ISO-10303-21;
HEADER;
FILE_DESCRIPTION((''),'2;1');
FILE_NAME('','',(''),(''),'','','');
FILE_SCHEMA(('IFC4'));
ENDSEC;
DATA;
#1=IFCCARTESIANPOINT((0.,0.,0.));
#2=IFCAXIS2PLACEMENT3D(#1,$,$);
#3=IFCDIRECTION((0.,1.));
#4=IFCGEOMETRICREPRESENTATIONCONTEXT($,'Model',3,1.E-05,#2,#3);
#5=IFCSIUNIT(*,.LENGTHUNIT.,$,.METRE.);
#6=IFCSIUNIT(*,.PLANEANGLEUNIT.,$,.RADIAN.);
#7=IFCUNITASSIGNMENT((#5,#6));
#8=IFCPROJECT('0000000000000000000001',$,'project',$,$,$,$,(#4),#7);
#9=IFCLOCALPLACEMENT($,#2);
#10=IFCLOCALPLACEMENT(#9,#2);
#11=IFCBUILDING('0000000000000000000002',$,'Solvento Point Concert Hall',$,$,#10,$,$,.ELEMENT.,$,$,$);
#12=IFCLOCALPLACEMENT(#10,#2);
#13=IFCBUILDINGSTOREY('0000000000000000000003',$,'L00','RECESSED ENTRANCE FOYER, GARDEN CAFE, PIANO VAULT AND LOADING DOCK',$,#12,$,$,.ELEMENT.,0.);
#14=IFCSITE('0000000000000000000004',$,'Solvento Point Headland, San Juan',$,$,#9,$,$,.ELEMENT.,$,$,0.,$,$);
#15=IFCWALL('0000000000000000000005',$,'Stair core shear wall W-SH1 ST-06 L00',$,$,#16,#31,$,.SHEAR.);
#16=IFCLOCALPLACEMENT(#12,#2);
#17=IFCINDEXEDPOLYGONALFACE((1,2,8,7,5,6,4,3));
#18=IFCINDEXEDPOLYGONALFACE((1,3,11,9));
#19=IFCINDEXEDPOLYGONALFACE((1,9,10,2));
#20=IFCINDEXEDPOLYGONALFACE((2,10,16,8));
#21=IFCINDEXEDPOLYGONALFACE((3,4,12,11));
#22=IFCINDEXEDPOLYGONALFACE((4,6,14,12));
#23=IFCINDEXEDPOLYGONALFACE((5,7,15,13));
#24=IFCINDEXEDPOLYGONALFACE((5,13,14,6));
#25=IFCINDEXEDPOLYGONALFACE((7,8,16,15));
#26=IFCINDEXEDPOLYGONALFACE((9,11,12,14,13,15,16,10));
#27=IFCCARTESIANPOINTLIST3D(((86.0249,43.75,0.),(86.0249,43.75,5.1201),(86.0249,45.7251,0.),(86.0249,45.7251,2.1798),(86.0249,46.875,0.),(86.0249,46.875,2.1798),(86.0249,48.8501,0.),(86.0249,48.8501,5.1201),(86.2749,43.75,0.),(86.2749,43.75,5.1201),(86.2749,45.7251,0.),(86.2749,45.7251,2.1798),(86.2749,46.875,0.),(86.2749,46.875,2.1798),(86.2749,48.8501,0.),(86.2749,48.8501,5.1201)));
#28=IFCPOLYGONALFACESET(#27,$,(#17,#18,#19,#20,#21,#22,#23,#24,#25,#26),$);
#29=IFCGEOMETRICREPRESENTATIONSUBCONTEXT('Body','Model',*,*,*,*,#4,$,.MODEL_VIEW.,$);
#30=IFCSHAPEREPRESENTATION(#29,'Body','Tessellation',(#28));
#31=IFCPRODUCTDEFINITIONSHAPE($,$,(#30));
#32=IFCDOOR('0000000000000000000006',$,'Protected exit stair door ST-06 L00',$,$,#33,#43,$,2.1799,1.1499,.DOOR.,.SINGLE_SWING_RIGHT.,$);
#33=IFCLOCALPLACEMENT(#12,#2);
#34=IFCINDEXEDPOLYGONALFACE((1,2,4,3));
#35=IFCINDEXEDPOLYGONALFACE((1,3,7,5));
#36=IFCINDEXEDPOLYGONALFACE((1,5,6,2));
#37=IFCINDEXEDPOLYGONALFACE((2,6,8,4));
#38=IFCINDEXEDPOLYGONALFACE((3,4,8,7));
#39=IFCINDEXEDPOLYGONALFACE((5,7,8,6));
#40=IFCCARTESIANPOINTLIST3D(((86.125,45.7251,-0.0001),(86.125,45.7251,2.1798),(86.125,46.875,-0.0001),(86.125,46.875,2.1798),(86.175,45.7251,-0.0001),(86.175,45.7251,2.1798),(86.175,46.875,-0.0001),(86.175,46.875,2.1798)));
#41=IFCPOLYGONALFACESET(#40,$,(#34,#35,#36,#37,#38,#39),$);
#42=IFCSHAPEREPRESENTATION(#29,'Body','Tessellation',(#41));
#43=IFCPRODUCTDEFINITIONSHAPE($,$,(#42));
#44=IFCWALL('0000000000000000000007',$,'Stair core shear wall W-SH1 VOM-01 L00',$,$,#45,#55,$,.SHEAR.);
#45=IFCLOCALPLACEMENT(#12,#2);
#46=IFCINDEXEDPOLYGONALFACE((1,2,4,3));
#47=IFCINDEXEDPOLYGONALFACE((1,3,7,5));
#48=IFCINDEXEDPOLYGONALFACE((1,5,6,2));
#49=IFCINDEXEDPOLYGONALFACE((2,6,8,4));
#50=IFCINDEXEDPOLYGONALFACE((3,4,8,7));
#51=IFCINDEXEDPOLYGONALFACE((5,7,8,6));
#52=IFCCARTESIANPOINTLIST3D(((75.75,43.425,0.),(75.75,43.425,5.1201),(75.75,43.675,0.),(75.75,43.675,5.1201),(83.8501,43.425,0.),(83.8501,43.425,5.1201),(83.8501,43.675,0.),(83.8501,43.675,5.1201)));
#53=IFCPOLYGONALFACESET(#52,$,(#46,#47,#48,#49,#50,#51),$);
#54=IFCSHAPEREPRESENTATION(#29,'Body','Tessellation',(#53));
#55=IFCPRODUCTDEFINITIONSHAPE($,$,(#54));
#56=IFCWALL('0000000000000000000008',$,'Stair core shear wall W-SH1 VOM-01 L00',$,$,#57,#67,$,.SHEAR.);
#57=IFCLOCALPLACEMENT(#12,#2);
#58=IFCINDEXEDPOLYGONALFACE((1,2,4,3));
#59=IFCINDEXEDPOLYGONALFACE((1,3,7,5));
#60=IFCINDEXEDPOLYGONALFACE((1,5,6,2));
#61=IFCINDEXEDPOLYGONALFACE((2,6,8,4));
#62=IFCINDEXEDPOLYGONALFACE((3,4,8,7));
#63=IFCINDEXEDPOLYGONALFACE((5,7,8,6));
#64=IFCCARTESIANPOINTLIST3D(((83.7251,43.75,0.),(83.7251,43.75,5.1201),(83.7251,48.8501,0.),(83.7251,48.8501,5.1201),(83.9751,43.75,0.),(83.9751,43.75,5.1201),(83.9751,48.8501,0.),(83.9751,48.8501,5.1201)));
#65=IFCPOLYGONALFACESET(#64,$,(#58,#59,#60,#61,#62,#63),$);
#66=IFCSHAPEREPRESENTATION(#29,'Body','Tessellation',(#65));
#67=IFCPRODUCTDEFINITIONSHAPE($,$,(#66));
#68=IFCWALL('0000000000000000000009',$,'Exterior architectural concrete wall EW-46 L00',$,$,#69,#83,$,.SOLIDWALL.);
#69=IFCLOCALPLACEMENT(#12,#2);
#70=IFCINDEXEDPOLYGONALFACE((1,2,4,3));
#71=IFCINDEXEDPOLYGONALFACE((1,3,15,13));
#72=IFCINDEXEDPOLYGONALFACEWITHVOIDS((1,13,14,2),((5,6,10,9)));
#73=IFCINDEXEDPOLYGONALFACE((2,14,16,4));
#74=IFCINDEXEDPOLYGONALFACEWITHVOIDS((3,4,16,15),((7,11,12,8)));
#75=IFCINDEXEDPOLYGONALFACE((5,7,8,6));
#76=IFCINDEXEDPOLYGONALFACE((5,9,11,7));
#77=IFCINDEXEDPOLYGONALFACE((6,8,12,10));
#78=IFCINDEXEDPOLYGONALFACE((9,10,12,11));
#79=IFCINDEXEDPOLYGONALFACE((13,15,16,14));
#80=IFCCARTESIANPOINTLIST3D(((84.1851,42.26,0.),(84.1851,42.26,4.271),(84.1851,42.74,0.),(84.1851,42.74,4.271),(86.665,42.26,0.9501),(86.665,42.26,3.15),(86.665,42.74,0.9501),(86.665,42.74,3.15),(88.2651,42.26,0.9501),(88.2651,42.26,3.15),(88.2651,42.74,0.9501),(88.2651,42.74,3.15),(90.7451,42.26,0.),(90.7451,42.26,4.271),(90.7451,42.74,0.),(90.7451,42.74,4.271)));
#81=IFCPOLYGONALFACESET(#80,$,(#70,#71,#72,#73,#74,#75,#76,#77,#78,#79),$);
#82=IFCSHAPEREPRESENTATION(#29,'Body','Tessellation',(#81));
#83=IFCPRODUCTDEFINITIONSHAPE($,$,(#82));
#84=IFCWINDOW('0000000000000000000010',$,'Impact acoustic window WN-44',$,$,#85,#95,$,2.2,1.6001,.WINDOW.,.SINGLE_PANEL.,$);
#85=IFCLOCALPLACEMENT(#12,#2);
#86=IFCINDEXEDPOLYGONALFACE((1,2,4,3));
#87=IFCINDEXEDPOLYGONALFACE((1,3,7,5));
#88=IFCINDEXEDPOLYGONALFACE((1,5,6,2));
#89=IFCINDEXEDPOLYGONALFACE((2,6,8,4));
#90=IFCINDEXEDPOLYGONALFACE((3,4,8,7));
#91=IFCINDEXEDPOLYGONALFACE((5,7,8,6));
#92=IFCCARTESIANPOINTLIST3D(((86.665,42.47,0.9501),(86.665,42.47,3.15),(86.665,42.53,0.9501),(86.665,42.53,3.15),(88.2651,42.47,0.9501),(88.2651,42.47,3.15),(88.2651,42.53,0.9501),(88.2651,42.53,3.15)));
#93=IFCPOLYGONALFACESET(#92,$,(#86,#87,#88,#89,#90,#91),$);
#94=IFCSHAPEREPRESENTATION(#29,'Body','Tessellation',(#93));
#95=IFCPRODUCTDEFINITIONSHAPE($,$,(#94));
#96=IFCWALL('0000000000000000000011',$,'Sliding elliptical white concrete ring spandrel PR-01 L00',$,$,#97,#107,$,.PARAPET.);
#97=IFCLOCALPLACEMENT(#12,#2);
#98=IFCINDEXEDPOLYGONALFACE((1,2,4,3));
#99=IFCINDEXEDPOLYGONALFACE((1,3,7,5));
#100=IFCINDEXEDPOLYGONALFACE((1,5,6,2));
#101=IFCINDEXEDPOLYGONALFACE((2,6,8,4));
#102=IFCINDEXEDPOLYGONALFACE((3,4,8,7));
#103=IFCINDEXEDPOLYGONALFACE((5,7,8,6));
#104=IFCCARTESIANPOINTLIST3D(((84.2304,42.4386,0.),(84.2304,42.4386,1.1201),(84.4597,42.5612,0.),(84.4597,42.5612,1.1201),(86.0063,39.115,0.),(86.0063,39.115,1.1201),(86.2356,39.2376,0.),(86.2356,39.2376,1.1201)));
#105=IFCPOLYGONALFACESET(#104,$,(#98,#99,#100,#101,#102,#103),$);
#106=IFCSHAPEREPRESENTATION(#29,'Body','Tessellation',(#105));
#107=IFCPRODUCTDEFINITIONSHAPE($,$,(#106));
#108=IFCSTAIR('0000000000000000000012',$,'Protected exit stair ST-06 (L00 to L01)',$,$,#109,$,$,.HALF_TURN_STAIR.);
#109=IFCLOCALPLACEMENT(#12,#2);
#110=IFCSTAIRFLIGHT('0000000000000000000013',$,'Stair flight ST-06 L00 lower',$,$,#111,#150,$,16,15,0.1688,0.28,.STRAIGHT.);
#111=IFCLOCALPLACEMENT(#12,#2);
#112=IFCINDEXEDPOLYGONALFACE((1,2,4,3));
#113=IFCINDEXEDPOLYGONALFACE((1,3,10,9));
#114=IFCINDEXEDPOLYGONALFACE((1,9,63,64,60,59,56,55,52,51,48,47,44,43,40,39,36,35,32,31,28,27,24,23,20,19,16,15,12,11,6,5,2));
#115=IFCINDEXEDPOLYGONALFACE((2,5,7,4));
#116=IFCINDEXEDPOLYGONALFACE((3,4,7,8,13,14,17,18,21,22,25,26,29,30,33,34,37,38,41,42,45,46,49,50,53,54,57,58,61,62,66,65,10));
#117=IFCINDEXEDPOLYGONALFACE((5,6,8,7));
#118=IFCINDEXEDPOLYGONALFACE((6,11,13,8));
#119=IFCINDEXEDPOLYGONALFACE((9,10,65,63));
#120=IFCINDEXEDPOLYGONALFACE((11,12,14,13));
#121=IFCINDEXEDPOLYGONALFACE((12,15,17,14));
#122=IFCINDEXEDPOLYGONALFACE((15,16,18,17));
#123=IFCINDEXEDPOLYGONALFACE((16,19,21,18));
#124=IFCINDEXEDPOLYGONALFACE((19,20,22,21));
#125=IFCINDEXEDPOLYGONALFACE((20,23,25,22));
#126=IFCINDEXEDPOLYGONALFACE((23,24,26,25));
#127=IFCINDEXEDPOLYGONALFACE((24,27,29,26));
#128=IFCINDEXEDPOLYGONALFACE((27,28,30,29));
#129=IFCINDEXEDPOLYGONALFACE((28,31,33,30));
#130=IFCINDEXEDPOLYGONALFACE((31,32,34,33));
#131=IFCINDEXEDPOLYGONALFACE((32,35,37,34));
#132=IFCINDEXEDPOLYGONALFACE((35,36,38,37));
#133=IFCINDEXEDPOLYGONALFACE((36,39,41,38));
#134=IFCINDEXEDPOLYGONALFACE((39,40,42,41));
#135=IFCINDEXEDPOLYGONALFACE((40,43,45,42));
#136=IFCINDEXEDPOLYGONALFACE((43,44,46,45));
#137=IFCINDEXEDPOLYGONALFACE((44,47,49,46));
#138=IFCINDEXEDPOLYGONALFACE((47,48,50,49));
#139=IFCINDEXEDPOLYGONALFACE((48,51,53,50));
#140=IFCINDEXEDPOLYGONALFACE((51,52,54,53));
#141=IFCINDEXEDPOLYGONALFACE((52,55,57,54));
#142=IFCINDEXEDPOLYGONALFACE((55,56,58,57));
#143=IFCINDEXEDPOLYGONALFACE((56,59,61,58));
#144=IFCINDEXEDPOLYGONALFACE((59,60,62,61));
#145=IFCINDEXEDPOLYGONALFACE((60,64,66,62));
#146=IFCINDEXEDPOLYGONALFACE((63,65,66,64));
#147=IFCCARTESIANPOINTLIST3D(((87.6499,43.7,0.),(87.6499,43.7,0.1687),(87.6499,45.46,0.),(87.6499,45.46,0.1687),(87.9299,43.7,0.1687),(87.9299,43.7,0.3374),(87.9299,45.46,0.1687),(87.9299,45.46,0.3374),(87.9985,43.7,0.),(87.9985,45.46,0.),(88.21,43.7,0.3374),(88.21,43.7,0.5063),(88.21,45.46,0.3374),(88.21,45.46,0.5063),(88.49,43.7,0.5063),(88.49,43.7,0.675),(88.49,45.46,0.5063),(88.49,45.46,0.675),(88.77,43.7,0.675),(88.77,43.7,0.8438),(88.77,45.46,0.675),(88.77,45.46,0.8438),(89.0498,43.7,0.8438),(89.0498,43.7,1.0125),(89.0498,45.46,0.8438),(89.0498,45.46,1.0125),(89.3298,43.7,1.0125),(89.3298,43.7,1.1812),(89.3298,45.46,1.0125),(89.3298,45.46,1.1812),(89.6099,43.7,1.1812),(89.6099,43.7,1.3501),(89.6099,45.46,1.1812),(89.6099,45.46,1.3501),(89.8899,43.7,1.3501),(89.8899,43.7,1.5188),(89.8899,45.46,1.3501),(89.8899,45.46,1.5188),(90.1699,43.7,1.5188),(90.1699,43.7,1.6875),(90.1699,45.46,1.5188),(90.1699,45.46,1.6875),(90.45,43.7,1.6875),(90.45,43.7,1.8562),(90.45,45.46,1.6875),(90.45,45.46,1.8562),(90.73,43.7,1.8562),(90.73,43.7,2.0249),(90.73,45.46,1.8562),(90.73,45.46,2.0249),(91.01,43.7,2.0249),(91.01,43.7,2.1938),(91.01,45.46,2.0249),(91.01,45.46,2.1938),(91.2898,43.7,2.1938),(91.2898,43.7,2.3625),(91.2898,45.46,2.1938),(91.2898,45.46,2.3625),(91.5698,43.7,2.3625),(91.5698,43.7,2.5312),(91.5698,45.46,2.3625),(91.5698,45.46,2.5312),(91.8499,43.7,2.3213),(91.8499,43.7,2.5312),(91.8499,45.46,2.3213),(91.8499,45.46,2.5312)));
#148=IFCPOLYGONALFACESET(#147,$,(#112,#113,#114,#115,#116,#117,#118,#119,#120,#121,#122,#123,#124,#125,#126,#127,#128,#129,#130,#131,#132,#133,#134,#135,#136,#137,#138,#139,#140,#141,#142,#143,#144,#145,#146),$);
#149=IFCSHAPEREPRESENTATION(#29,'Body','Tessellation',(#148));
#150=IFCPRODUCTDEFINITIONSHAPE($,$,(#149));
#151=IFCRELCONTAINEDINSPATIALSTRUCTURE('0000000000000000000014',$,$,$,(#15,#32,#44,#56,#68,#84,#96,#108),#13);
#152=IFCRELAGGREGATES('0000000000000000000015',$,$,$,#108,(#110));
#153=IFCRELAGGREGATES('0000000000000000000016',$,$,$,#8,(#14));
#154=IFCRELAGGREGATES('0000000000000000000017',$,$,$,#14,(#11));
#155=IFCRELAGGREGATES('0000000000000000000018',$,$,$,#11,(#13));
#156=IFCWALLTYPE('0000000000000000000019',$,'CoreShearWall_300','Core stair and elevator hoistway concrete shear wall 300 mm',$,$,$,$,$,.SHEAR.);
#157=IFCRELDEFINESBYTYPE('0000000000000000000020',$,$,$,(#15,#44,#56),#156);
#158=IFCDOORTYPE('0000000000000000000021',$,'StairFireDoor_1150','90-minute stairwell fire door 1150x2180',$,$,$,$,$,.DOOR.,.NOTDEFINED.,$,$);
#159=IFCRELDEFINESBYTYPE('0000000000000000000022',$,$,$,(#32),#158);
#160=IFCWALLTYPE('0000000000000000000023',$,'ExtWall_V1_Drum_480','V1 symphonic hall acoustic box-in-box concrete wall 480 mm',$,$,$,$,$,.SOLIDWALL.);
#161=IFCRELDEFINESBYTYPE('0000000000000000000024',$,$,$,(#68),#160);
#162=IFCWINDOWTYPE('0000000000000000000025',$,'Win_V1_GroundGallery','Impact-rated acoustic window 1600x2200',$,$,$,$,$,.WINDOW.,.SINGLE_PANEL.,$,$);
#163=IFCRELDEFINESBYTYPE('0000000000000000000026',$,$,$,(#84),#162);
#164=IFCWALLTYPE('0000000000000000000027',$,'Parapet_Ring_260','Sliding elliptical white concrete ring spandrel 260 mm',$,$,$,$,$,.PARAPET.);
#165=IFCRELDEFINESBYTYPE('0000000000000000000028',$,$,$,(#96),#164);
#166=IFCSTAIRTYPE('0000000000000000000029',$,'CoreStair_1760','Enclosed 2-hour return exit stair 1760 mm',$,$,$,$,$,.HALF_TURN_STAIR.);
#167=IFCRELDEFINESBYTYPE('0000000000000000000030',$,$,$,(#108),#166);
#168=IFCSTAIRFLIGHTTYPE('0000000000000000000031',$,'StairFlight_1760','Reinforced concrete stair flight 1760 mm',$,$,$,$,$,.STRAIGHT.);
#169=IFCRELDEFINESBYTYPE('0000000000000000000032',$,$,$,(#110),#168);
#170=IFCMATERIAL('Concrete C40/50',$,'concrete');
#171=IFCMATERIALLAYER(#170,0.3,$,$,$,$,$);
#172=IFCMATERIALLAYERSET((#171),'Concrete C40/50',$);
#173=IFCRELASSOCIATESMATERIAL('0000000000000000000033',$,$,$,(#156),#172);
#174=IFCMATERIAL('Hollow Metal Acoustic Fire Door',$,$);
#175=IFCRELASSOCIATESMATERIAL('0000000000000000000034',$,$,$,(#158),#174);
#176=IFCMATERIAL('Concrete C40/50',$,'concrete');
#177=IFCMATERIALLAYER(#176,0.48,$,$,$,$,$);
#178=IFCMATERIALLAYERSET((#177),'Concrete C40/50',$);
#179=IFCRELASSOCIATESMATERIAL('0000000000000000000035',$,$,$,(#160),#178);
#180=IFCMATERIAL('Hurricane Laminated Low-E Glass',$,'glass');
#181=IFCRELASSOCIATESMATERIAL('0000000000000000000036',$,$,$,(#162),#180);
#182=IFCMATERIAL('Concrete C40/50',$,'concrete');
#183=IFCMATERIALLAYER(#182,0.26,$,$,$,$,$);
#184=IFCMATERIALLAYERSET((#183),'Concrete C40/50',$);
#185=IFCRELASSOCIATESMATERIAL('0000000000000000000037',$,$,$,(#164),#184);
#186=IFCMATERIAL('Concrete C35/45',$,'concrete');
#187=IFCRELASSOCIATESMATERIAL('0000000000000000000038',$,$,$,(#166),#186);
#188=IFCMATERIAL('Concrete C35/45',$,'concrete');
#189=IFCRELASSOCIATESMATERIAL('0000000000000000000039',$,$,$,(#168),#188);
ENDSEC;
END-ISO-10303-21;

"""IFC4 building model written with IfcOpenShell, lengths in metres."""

from ifc_helpers import new_model, si_unit, direction, frame, frame_2d, origin, place, context, subcontext, project, spatial, polyline, rectangle, outline, extrude, material, layer, layer_set, type_object, element, fill, aggregate, save


model = new_model("IFC4")

# Units and contexts
model_context = context("Model", 3, precision=1e-05, world=origin(), true_north=direction((0.0, 1.0)))
body_context = subcontext(model_context, "Body", "Model", "MODEL_VIEW")
ifc_project = project(units=[si_unit("LENGTHUNIT", "METRE"), si_unit("PLANEANGLEUNIT", "RADIAN")], contexts=[model_context])

# Site, building, storey
site_placement = place(None, origin())
site = spatial("IfcSite", under=ifc_project, at=site_placement, Name="Solvento Point Headland, San Juan", CompositionType="ELEMENT", RefElevation=0.0)
building_placement = place(site_placement, origin())
building = spatial("IfcBuilding", under=site, at=building_placement, Name="Solvento Point Concert Hall", CompositionType="ELEMENT")
storey_placement = place(building_placement, origin())
storey = spatial("IfcBuildingStorey", under=building, at=storey_placement, Name="L00", Description="RECESSED ENTRANCE FOYER, GARDEN CAFE, PIANO VAULT AND LOADING DOCK", CompositionType="ELEMENT", Elevation=0.0)

# Shared definitions
ifc_material_1 = material(Name="Concrete C40/50", Category="concrete")
ifc_layer_1 = layer(ifc_material_1, 0.3)
ifc_layer_set_1 = layer_set([ifc_layer_1], Name="Concrete C40/50")
wall_type_1 = type_object("IfcWallType", Name="CoreShearWall_300", Description="Core stair and elevator hoistway concrete shear wall 300 mm", PredefinedType="SHEAR", material=ifc_layer_set_1)

# Wall, opening, door
wall_1_placement = place(storey_placement, frame((86.1499, 43.75, 0.0), z_axis=(0.0, 0.0, 1.0), x_axis=(0.0, 1.0, 0.0)))
wall_1 = element("IfcWall", 1, at=wall_1_placement, inside=storey, type_object=wall_type_1, Name="Stair core shear wall W-SH1 ST-06 L00", PredefinedType="SHEAR", context=body_context, shape_type="SweptSolid", body=[
    extrude(rectangle(XDim=5.1001, YDim=0.25, at=frame_2d((2.55, 0.0))), origin(), (0.0, 0.0, 1.0), 5.1201),
])
opening_1_placement = place(wall_1_placement, frame((1.9751, 0.0, 0.0)))
opening_1 = element("IfcOpeningElement", 2, at=opening_1_placement, cuts=wall_1, PredefinedType="OPENING", context=body_context, shape_type="SweptSolid", body=[
    extrude(rectangle(XDim=1.1499, YDim=2.1799, at=frame_2d((0.575, 1.0898))), frame((0.0, 0.135, 0.0), z_axis=(0.0, -1.0, 0.0), x_axis=(1.0, 0.0, 0.0)), (0.0, 0.0, 1.0), 0.27),
])
ifc_material_2 = material(Name="Hollow Metal Acoustic Fire Door")
door_type = type_object("IfcDoorType", Name="StairFireDoor_1150", Description="90-minute stairwell fire door 1150x2180", OperationType="NOTDEFINED", PredefinedType="DOOR", material=ifc_material_2)
door_placement = place(opening_1_placement, origin())
door = element("IfcDoor", 3, at=door_placement, inside=storey, type_object=door_type, Name="Protected exit stair door ST-06 L00", OperationType="SINGLE_SWING_RIGHT", OverallHeight=2.1799, OverallWidth=1.1499, PredefinedType="DOOR", context=body_context, shape_type="SweptSolid", body=[
    extrude(rectangle(XDim=1.1499, YDim=2.1799, at=frame_2d((0.575, 1.0898))), frame((0.0, 0.0249, 0.0), z_axis=(0.0, -1.0, 0.0), x_axis=(1.0, 0.0, 0.0)), (0.0, 0.0, 1.0), 0.05),
])
fill(opening_1, door)

# Walls
wall_2_placement = place(storey_placement, frame((83.8501, 43.55, 0.0), z_axis=(0.0, 0.0, 1.0), x_axis=(-1.0, 0.0, 0.0)))
element("IfcWall", 4, at=wall_2_placement, inside=storey, type_object=wall_type_1, Name="Stair core shear wall W-SH1 VOM-01 L00", PredefinedType="SHEAR", context=body_context, shape_type="SweptSolid", body=[
    extrude(rectangle(XDim=8.1001, YDim=0.25, at=frame_2d((4.05, 0.0))), origin(), (0.0, 0.0, 1.0), 5.1201),
])
wall_3_placement = place(storey_placement, frame((83.8501, 48.8501, 0.0), z_axis=(0.0, 0.0, 1.0), x_axis=(0.0, -1.0, 0.0)))
element("IfcWall", 5, at=wall_3_placement, inside=storey, type_object=wall_type_1, Name="Stair core shear wall W-SH1 VOM-01 L00", PredefinedType="SHEAR", context=body_context, shape_type="SweptSolid", body=[
    extrude(rectangle(XDim=5.1001, YDim=0.25, at=frame_2d((2.55, 0.0))), origin(), (0.0, 0.0, 1.0), 5.1201),
])

# Wall, opening, window
ifc_material_3 = material(Name="Concrete C40/50", Category="concrete")
ifc_layer_2 = layer(ifc_material_3, 0.48)
ifc_layer_set_2 = layer_set([ifc_layer_2], Name="Concrete C40/50")
wall_type_2 = type_object("IfcWallType", Name="ExtWall_V1_Drum_480", Description="V1 symphonic hall acoustic box-in-box concrete wall 480 mm", PredefinedType="SOLIDWALL", material=ifc_layer_set_2)
wall_4_placement = place(storey_placement, frame((90.7451, 42.5, 0.0), z_axis=(0.0, 0.0, 1.0), x_axis=(-1.0, 0.0, 0.0)))
wall_4 = element("IfcWall", 6, at=wall_4_placement, inside=storey, type_object=wall_type_2, Name="Exterior architectural concrete wall EW-46 L00", PredefinedType="SOLIDWALL", context=body_context, shape_type="SweptSolid", body=[
    extrude(rectangle(XDim=6.5601, YDim=0.48, at=frame_2d((3.28, 0.0))), origin(), (0.0, 0.0, 1.0), 4.271),
])
opening_2_placement = place(wall_4_placement, frame((2.48, 0.0, 0.95)))
opening_2 = element("IfcOpeningElement", 7, at=opening_2_placement, cuts=wall_4, PredefinedType="OPENING", context=body_context, shape_type="SweptSolid", body=[
    extrude(rectangle(XDim=1.6001, YDim=2.2, at=frame_2d((0.8, 1.1001))), frame((0.0, 0.25, 0.0), z_axis=(0.0, -1.0, 0.0), x_axis=(1.0, 0.0, 0.0)), (0.0, 0.0, 1.0), 0.5),
])
ifc_material_4 = material(Name="Hurricane Laminated Low-E Glass", Category="glass")
window_type = type_object("IfcWindowType", Name="Win_V1_GroundGallery", Description="Impact-rated acoustic window 1600x2200", PartitioningType="SINGLE_PANEL", PredefinedType="WINDOW", material=ifc_material_4)
window_placement = place(opening_2_placement, origin())
window = element("IfcWindow", 8, at=window_placement, inside=storey, type_object=window_type, Name="Impact acoustic window WN-44", OverallHeight=2.2, OverallWidth=1.6001, PartitioningType="SINGLE_PANEL", PredefinedType="WINDOW", context=body_context, shape_type="SweptSolid", body=[
    extrude(rectangle(XDim=1.6001, YDim=2.2, at=frame_2d((0.8, 1.1001))), frame((0.0, 0.03, 0.0), z_axis=(0.0, -1.0, 0.0), x_axis=(1.0, 0.0, 0.0)), (0.0, 0.0, 1.0), 0.0601),
])
fill(opening_2, window)

# Wall
ifc_material_5 = material(Name="Concrete C40/50", Category="concrete")
ifc_layer_3 = layer(ifc_material_5, 0.26)
ifc_layer_set_3 = layer_set([ifc_layer_3], Name="Concrete C40/50")
wall_type_3 = type_object("IfcWallType", Name="Parapet_Ring_260", Description="Sliding elliptical white concrete ring spandrel 260 mm", PredefinedType="PARAPET", material=ifc_layer_set_3)
wall_5_placement = place(storey_placement, frame((84.345, 42.5, 0.0), z_axis=(0.0, 0.0, 1.0), x_axis=(0.471281, -0.881983, 0.0)))
element("IfcWall", 9, at=wall_5_placement, inside=storey, type_object=wall_type_3, Name="Sliding elliptical white concrete ring spandrel PR-01 L00", PredefinedType="PARAPET", context=body_context, shape_type="SweptSolid", body=[
    extrude(rectangle(XDim=3.7683, YDim=0.26, at=frame_2d((1.8843, 0.0))), origin(), (0.0, 0.0, 1.0), 1.1201),
])

# Stair, stair flight
ifc_material_6 = material(Name="Concrete C35/45", Category="concrete")
stair_type = type_object("IfcStairType", Name="CoreStair_1760", Description="Enclosed 2-hour return exit stair 1760 mm", PredefinedType="HALF_TURN_STAIR", material=ifc_material_6)
stair_placement = place(storey_placement, origin())
stair = element("IfcStair", 10, at=stair_placement, inside=storey, type_object=stair_type, Name="Protected exit stair ST-06 (L00 to L01)", PredefinedType="HALF_TURN_STAIR")
ifc_material_7 = material(Name="Concrete C35/45", Category="concrete")
stair_flight_type = type_object("IfcStairFlightType", Name="StairFlight_1760", Description="Reinforced concrete stair flight 1760 mm", PredefinedType="STRAIGHT", material=ifc_material_7)
stair_flight_placement = place(storey_placement, frame((87.6499, 44.5801, 0.0), z_axis=(0.0, 0.0, 1.0), x_axis=(1.0, 0.0, 0.0)))
stair_flight = element("IfcStairFlight", 11, at=stair_flight_placement, type_object=stair_flight_type, Name="Stair flight ST-06 L00 lower", NumberOfRisers=16, NumberOfTreads=15, PredefinedType="STRAIGHT", RiserHeight=0.1688, TreadLength=0.28, context=body_context, shape_type="SweptSolid", body=[
    extrude(outline(polyline([(0.0, 0.0), (0.0, 0.1687), (0.28, 0.1687), (0.28, 0.3374), (0.5601, 0.3374), (0.5601, 0.5063), (0.8401, 0.5063), (0.8401, 0.675), (1.1201, 0.675), (1.1201, 0.8438), (1.3999, 0.8438), (1.3999, 1.0125), (1.6799, 1.0125), (1.6799, 1.1812), (1.96, 1.1812), (1.96, 1.3501), (2.24, 1.3501), (2.24, 1.5188), (2.52, 1.5188), (2.52, 1.6875), (2.8, 1.6875), (2.8, 1.8562), (3.0801, 1.8562), (3.0801, 2.0249), (3.3601, 2.0249), (3.3601, 2.1938), (3.6399, 2.1938), (3.6399, 2.3625), (3.9199, 2.3625), (3.9199, 2.5312), (4.2, 2.5312), (4.2, 2.7), (4.2, 2.3213), (0.3486, 0.0), (0.0, 0.0)])), frame((0.0, 0.8799, 0.0), z_axis=(0.0, -1.0, 0.0), x_axis=(1.0, 0.0, 0.0)), (0.0, 0.0, 1.0), 1.76),
])
aggregate(stair, [stair_flight])

save(model, "model.ifc")
